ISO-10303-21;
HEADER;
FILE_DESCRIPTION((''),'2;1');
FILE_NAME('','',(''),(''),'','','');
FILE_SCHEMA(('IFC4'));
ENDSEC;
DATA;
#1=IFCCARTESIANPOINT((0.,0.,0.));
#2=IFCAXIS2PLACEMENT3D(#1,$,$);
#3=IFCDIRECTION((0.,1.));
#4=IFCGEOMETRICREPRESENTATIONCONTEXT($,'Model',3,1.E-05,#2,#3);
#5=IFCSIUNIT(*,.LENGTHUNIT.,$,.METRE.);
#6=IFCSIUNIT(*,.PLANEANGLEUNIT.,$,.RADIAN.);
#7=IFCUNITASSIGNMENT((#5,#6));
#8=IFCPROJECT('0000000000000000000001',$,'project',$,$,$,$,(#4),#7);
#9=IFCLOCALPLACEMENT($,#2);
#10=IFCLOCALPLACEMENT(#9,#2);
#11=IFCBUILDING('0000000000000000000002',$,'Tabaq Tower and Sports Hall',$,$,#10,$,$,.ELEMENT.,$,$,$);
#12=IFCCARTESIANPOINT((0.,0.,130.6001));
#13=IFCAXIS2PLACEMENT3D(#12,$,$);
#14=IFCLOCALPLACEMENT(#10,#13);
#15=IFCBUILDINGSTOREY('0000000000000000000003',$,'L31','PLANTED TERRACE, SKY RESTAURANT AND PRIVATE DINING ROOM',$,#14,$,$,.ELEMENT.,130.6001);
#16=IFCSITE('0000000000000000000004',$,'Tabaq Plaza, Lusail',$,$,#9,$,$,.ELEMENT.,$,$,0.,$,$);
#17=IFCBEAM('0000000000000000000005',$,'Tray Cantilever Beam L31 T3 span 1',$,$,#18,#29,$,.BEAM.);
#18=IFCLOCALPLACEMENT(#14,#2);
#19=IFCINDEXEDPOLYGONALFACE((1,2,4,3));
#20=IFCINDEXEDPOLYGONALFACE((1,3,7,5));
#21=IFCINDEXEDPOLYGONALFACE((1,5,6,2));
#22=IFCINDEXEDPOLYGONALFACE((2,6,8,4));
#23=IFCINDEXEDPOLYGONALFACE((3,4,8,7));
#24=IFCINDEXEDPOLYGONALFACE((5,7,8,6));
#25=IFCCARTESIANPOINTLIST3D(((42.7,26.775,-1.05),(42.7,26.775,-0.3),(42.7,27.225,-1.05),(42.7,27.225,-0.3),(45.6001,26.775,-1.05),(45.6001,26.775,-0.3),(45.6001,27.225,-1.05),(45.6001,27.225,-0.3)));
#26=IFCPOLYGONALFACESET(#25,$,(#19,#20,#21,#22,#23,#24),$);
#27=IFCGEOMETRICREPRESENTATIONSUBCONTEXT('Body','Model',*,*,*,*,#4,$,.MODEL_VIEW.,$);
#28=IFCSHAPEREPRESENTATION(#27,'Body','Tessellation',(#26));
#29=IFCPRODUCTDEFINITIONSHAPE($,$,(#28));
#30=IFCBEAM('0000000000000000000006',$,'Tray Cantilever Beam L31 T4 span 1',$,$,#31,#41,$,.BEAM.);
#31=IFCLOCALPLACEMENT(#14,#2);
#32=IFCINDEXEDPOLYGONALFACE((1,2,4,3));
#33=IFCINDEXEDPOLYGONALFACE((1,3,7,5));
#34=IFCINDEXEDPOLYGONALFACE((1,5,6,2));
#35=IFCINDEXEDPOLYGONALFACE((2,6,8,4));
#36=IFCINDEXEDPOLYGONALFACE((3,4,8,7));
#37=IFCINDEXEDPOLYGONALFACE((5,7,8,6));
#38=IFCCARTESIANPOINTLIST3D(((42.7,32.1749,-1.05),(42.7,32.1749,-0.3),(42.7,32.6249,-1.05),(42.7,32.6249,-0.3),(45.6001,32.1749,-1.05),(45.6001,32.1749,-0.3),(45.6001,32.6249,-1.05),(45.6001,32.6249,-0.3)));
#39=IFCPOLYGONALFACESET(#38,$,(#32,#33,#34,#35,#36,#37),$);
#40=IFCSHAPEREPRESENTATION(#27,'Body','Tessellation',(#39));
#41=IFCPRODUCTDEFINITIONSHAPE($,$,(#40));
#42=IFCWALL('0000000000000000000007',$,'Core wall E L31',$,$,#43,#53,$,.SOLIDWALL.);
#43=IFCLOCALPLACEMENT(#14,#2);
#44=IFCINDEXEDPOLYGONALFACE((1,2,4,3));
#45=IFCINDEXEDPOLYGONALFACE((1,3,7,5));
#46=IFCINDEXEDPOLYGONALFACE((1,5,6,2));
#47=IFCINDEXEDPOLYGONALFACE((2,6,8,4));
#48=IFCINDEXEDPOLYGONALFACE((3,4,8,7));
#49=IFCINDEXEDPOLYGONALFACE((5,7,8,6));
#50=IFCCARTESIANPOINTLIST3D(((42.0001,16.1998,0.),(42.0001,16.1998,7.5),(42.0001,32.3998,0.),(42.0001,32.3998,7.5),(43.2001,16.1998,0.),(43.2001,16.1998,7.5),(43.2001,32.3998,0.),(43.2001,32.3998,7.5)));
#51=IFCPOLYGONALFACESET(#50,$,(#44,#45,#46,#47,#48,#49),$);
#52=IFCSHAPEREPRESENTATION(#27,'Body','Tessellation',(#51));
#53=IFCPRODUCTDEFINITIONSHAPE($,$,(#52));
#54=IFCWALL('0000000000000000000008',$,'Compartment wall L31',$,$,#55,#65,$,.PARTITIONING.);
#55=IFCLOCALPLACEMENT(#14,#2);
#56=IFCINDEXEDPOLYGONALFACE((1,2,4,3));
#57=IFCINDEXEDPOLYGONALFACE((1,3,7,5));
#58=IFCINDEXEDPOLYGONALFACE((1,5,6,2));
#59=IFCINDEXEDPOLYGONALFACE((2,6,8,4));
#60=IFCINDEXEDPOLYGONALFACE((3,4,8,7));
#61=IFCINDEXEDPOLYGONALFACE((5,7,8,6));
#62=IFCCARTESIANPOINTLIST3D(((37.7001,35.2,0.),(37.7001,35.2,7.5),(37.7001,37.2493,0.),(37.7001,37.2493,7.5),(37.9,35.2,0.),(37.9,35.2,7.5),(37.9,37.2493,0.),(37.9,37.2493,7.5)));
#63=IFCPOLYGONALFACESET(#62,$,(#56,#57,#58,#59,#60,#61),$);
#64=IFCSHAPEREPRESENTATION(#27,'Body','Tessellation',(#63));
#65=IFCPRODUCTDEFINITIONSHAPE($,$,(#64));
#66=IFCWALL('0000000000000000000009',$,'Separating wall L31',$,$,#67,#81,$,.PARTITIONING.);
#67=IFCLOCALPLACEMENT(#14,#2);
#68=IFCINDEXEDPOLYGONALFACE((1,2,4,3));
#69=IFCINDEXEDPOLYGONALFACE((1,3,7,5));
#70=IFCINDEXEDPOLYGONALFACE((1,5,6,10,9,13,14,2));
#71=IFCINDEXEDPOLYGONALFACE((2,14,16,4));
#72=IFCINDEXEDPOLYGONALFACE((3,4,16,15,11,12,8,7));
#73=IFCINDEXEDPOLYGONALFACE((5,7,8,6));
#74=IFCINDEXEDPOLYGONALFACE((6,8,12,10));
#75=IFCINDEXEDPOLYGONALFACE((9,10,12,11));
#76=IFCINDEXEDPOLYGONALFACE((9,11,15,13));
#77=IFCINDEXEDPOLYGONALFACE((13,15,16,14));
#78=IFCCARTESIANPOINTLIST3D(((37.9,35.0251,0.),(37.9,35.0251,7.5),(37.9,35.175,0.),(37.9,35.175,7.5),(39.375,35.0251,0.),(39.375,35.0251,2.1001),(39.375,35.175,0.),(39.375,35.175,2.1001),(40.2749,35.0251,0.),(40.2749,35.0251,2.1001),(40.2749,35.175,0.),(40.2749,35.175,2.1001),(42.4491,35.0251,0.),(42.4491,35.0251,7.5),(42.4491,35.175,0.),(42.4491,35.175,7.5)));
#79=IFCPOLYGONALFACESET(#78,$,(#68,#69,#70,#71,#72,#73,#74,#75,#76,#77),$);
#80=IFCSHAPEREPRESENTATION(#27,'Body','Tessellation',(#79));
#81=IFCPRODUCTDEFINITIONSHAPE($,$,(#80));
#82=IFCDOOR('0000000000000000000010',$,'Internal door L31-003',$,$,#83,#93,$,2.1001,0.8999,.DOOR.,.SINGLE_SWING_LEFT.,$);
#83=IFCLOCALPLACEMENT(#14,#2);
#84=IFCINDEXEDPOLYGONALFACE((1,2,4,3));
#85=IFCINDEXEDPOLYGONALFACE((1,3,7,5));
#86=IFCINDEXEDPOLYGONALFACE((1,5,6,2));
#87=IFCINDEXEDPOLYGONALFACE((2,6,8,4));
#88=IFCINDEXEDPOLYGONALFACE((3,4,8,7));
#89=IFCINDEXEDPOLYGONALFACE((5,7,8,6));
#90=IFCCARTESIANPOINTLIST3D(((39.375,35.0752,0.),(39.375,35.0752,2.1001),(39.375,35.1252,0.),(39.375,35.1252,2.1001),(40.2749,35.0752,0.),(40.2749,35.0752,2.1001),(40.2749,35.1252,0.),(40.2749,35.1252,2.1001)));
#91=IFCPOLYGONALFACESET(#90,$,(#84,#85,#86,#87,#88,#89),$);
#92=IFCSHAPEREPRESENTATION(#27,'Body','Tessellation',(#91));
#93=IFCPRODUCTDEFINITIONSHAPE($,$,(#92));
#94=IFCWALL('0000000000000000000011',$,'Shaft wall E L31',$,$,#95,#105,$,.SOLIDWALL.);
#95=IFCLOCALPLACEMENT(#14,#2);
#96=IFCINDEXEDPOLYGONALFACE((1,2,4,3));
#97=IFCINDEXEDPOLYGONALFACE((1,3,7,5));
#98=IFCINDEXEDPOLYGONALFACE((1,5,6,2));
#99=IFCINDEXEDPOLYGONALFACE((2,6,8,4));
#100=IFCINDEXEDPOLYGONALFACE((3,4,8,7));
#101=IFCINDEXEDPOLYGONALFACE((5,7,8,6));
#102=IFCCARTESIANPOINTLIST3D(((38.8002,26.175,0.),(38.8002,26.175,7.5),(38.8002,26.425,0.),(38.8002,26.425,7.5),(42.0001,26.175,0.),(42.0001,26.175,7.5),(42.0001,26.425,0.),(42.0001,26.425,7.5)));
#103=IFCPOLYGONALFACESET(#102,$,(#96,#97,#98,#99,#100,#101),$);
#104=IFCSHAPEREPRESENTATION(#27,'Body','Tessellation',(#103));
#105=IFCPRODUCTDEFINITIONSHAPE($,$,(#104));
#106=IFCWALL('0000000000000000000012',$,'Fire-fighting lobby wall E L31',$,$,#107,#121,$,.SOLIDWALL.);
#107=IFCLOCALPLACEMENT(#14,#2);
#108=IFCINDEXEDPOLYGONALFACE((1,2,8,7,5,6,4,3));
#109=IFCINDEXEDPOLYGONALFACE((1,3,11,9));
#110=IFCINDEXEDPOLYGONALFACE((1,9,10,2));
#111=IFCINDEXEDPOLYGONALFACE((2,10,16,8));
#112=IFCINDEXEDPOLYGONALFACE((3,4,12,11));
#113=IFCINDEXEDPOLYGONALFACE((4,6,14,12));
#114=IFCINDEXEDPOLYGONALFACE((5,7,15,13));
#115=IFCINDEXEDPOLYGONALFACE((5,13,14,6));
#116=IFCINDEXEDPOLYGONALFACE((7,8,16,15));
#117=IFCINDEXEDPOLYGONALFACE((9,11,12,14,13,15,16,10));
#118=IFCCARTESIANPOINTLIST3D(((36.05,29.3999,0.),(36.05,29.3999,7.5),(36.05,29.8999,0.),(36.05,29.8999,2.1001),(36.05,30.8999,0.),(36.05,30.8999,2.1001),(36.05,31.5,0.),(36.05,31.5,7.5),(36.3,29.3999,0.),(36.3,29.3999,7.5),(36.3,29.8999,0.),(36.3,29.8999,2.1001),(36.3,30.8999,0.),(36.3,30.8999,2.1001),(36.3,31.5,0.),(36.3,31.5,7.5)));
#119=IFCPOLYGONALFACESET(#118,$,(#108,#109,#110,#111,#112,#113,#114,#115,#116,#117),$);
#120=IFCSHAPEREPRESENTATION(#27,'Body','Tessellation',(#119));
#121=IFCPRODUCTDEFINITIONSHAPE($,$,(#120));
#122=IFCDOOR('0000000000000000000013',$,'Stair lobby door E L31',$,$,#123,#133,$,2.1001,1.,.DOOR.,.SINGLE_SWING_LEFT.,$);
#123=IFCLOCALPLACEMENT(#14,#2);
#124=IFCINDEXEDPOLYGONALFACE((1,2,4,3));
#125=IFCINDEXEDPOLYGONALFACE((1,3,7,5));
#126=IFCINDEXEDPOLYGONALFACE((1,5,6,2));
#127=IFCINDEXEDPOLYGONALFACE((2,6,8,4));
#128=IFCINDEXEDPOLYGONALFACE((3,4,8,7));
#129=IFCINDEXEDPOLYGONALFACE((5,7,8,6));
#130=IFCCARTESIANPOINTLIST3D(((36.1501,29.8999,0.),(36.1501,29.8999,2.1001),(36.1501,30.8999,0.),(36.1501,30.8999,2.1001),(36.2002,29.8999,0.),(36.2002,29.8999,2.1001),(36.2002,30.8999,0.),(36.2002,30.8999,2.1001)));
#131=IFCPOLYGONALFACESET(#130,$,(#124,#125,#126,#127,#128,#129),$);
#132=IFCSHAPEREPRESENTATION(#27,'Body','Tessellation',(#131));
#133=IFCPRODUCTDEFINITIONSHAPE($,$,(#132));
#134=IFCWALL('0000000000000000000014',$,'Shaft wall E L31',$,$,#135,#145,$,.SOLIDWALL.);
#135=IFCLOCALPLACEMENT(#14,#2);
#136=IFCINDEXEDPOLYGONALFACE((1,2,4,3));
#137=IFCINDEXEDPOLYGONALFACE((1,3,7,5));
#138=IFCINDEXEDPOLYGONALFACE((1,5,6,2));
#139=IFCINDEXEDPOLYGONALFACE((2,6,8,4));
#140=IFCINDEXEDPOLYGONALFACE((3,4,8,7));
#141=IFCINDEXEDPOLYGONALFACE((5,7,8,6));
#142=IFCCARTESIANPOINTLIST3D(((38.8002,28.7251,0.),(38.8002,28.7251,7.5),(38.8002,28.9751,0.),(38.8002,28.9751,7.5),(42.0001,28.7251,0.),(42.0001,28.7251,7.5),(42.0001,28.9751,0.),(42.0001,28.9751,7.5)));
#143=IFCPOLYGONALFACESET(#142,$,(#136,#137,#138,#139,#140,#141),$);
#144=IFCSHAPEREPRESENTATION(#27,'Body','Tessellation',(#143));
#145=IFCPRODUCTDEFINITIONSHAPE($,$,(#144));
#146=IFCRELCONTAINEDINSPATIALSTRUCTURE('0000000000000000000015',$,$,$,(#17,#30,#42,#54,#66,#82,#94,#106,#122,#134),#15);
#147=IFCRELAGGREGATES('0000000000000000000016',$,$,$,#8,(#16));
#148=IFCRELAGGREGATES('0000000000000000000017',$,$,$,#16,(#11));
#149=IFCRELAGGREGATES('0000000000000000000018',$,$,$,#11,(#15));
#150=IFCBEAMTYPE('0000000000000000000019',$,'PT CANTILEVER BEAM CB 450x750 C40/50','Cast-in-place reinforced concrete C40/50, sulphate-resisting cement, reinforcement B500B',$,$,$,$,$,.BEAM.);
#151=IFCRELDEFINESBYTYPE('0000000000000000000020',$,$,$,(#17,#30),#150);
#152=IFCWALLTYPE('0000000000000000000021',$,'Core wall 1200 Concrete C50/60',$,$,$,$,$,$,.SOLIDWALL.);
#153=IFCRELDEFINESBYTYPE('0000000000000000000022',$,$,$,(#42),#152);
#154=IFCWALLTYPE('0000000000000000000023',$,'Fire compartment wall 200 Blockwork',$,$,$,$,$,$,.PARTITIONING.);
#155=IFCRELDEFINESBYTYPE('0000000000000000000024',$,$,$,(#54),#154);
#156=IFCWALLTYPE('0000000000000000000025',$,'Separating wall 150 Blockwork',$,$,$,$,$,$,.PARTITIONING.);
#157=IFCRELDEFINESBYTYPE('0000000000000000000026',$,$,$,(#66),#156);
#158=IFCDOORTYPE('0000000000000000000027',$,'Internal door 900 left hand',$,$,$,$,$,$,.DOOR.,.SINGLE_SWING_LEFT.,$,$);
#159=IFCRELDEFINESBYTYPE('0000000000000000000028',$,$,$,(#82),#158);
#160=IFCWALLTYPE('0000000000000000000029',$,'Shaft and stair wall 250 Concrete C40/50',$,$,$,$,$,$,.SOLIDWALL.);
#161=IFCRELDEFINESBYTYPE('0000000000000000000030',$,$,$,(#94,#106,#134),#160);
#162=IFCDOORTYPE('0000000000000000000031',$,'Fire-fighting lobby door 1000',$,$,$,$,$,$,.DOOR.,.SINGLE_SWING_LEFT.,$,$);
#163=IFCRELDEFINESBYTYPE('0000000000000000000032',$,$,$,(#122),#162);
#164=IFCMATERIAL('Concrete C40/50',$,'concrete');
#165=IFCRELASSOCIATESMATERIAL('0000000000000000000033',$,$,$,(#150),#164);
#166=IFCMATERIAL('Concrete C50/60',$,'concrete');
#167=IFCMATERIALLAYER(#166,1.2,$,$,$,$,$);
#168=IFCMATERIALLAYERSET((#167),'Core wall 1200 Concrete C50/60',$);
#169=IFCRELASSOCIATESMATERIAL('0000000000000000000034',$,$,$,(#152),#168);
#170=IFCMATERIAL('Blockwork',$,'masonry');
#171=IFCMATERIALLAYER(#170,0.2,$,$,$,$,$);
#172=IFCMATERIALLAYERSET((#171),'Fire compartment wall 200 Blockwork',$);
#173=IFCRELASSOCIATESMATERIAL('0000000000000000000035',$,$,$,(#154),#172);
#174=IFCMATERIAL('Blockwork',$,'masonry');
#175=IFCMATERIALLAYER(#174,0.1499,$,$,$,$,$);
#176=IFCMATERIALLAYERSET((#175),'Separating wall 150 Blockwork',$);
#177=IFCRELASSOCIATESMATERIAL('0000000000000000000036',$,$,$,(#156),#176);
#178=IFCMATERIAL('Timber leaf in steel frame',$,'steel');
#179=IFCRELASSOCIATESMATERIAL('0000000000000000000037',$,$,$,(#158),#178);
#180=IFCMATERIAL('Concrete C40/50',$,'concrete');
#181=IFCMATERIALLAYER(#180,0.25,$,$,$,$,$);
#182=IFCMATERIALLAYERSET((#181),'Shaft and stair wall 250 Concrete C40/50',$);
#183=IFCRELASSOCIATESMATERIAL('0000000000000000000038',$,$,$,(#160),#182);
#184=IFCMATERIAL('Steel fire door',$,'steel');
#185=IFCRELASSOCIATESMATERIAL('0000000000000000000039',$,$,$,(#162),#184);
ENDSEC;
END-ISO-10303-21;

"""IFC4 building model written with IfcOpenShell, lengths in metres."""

from ifc_helpers import new_model, si_unit, direction, frame, frame_2d, origin, origin_2d, place, context, subcontext, project, spatial, rectangle, extrude, material, layer, layer_set, material_profile, profile_set, type_object, element, fill, save


model = new_model("IFC4")

# Units and contexts
model_context = context("Model", 3, precision=1e-05, world=origin(), true_north=direction((0.0, 1.0)))
body_context = subcontext(model_context, "Body", "Model", "MODEL_VIEW")
ifc_project = project(units=[si_unit("LENGTHUNIT", "METRE"), si_unit("PLANEANGLEUNIT", "RADIAN")], contexts=[model_context])

# Site, building, storey
site_placement = place(None, origin())
site = spatial("IfcSite", under=ifc_project, at=site_placement, Name="Tabaq Plaza, Lusail", CompositionType="ELEMENT", RefElevation=0.0)
building_placement = place(site_placement, origin())
building = spatial("IfcBuilding", under=site, at=building_placement, Name="Tabaq Tower and Sports Hall", CompositionType="ELEMENT")
storey_placement = place(building_placement, frame((0.0, 0.0, 130.6001)))
storey = spatial("IfcBuildingStorey", under=building, at=storey_placement, Name="L31", Description="PLANTED TERRACE, SKY RESTAURANT AND PRIVATE DINING ROOM", CompositionType="ELEMENT", Elevation=130.6001)

# Beams
ifc_material_1 = material(Name="Concrete C40/50", Category="concrete")
ifc_material_profile = material_profile(ifc_material_1, rectangle(XDim=0.45, YDim=0.75, at=origin_2d()), Name="CB 450x750")
ifc_profile_set = profile_set([ifc_material_profile], Name="Concrete C40/50")
beam_type = type_object("IfcBeamType", Name="PT CANTILEVER BEAM CB 450x750 C40/50", Description="Cast-in-place reinforced concrete C40/50, sulphate-resisting cement, reinforcement B500B", PredefinedType="BEAM", material=ifc_profile_set)
for number, where, z_axis, x_axis, name in (
    (1, (45.6001, 27.0, -0.675), (-1.0, 0.0, 0.0), (0.0, -1.0, 0.0), "Tray Cantilever Beam L31 T3 span 1"),
    (2, (45.6001, 32.3999, -0.675), (-1.0, 0.0, 0.0), (0.0, -1.0, 0.0), "Tray Cantilever Beam L31 T4 span 1"),
):
    element("IfcBeam", number, at=place(storey_placement, frame(where, z_axis=z_axis, x_axis=x_axis)), inside=storey, type_object=beam_type, Name=name, PredefinedType="BEAM", context=body_context, shape_type="SweptSolid", body=[
        extrude(rectangle(XDim=0.45, YDim=0.75, at=origin_2d()), origin(), (0.0, 0.0, 1.0), 2.9001),
    ])

# Wall
ifc_material_2 = material(Name="Concrete C50/60", Category="concrete")
ifc_layer_1 = layer(ifc_material_2, 1.2)
ifc_layer_set_1 = layer_set([ifc_layer_1], Name="Core wall 1200 Concrete C50/60")
wall_type_1 = type_object("IfcWallType", Name="Core wall 1200 Concrete C50/60", PredefinedType="SOLIDWALL", material=ifc_layer_set_1)
wall_1_placement = place(storey_placement, frame((42.6001, 32.3999, 0.0), z_axis=(0.0, 0.0, 1.0), x_axis=(0.0, -1.0, 0.0)))
element("IfcWall", 3, at=wall_1_placement, inside=storey, type_object=wall_type_1, Name="Core wall E L31", PredefinedType="SOLIDWALL", context=body_context, shape_type="SweptSolid", body=[
    extrude(rectangle(XDim=16.2, YDim=1.2, at=frame_2d((8.1001, 0.0))), origin(), (0.0, 0.0, 1.0), 7.5),
])

# Shared definitions
ifc_material_3 = material(Name="Blockwork", Category="masonry")
ifc_layer_2 = layer(ifc_material_3, 0.2)
ifc_layer_set_2 = layer_set([ifc_layer_2], Name="Fire compartment wall 200 Blockwork")
wall_type_2 = type_object("IfcWallType", Name="Fire compartment wall 200 Blockwork", PredefinedType="PARTITIONING", material=ifc_layer_set_2)

# Wall
wall_2_placement = place(storey_placement, frame((37.8, 35.2, 0.0), z_axis=(0.0, 0.0, 1.0), x_axis=(0.0, 1.0, 0.0)))
element("IfcWall", 4, at=wall_2_placement, inside=storey, type_object=wall_type_2, Name="Compartment wall L31", PredefinedType="PARTITIONING", context=body_context, shape_type="SweptSolid", body=[
    extrude(rectangle(XDim=2.0493, YDim=0.2, at=frame_2d((1.0247, 0.0))), origin(), (0.0, 0.0, 1.0), 7.5),
])

# Wall, opening, door
ifc_material_4 = material(Name="Blockwork", Category="masonry")
ifc_layer_3 = layer(ifc_material_4, 0.1499)
ifc_layer_set_3 = layer_set([ifc_layer_3], Name="Separating wall 150 Blockwork")
wall_type_3 = type_object("IfcWallType", Name="Separating wall 150 Blockwork", PredefinedType="PARTITIONING", material=ifc_layer_set_3)
wall_3_placement = place(storey_placement, frame((42.449, 35.1001, 0.0), z_axis=(0.0, 0.0, 1.0), x_axis=(-1.0, 0.0, 0.0)))
wall_3 = element("IfcWall", 5, at=wall_3_placement, inside=storey, type_object=wall_type_3, Name="Separating wall L31", PredefinedType="PARTITIONING", context=body_context, shape_type="SweptSolid", body=[
    extrude(rectangle(XDim=4.5491, YDim=0.1499, at=frame_2d((2.2744, 0.0))), origin(), (0.0, 0.0, 1.0), 7.5),
])
opening_1_placement = place(wall_3_placement, frame((2.1741, 0.0, 0.0)))
opening_1 = element("IfcOpeningElement", 6, at=opening_1_placement, cuts=wall_3, PredefinedType="OPENING", context=body_context, shape_type="SweptSolid", body=[
    extrude(rectangle(XDim=0.8999, YDim=2.1001, at=frame_2d((0.45, 1.05))), frame((0.0, 0.075, 0.0), z_axis=(0.0, -1.0, 0.0), x_axis=(1.0, 0.0, 0.0)), (0.0, 0.0, 1.0), 0.1499),
])
ifc_material_5 = material(Name="Timber leaf in steel frame", Category="steel")
door_type_1 = type_object("IfcDoorType", Name="Internal door 900 left hand", OperationType="SINGLE_SWING_LEFT", PredefinedType="DOOR", material=ifc_material_5)
door_1_placement = place(opening_1_placement, origin())
door_1 = element("IfcDoor", 7, at=door_1_placement, inside=storey, type_object=door_type_1, Name="Internal door L31-003", OperationType="SINGLE_SWING_LEFT", OverallHeight=2.1001, OverallWidth=0.8999, PredefinedType="DOOR", context=body_context, shape_type="SweptSolid", body=[
    extrude(rectangle(XDim=0.8999, YDim=2.1001, at=frame_2d((0.45, 1.05))), frame((0.0, 0.0249, 0.0), z_axis=(0.0, -1.0, 0.0), x_axis=(1.0, 0.0, 0.0)), (0.0, 0.0, 1.0), 0.05),
])
fill(opening_1, door_1)

# Wall
ifc_material_6 = material(Name="Concrete C40/50", Category="concrete")
ifc_layer_4 = layer(ifc_material_6, 0.25)
ifc_layer_set_4 = layer_set([ifc_layer_4], Name="Shaft and stair wall 250 Concrete C40/50")
wall_type_4 = type_object("IfcWallType", Name="Shaft and stair wall 250 Concrete C40/50", PredefinedType="SOLIDWALL", material=ifc_layer_set_4)
wall_4_placement = place(storey_placement, frame((38.8, 26.3, 0.0), z_axis=(0.0, 0.0, 1.0), x_axis=(1.0, 0.0, 0.0)))
element("IfcWall", 8, at=wall_4_placement, inside=storey, type_object=wall_type_4, Name="Shaft wall E L31", PredefinedType="SOLIDWALL", context=body_context, shape_type="SweptSolid", body=[
    extrude(rectangle(XDim=3.2, YDim=0.25, at=frame_2d((1.6001, 0.0))), origin(), (0.0, 0.0, 1.0), 7.5),
])

# Wall, opening, door
wall_5_placement = place(storey_placement, frame((36.175, 29.3999, 0.0), z_axis=(0.0, 0.0, 1.0), x_axis=(0.0, 1.0, 0.0)))
wall_5 = element("IfcWall", 9, at=wall_5_placement, inside=storey, type_object=wall_type_4, Name="Fire-fighting lobby wall E L31", PredefinedType="SOLIDWALL", context=body_context, shape_type="SweptSolid", body=[
    extrude(rectangle(XDim=2.1001, YDim=0.25, at=frame_2d((1.05, 0.0))), origin(), (0.0, 0.0, 1.0), 7.5),
])
opening_2_placement = place(wall_5_placement, frame((0.5, 0.0, 0.0)))
opening_2 = element("IfcOpeningElement", 10, at=opening_2_placement, cuts=wall_5, PredefinedType="OPENING", context=body_context, shape_type="SweptSolid", body=[
    extrude(rectangle(XDim=1.0, YDim=2.1001, at=frame_2d((0.5, 1.05))), frame((0.0, 0.125, 0.0), z_axis=(0.0, -1.0, 0.0), x_axis=(1.0, 0.0, 0.0)), (0.0, 0.0, 1.0), 0.25),
])
ifc_material_7 = material(Name="Steel fire door", Category="steel")
door_type_2 = type_object("IfcDoorType", Name="Fire-fighting lobby door 1000", OperationType="SINGLE_SWING_LEFT", PredefinedType="DOOR", material=ifc_material_7)
door_2_placement = place(opening_2_placement, origin())
door_2 = element("IfcDoor", 11, at=door_2_placement, inside=storey, type_object=door_type_2, Name="Stair lobby door E L31", OperationType="SINGLE_SWING_LEFT", OverallHeight=2.1001, OverallWidth=1.0, PredefinedType="DOOR", context=body_context, shape_type="SweptSolid", body=[
    extrude(rectangle(XDim=1.0, YDim=2.1001, at=frame_2d((0.5, 1.05))), frame((0.0, 0.0249, 0.0), z_axis=(0.0, -1.0, 0.0), x_axis=(1.0, 0.0, 0.0)), (0.0, 0.0, 1.0), 0.05),
])
fill(opening_2, door_2)

# Wall
wall_6_placement = place(storey_placement, frame((38.8, 28.8501, 0.0), z_axis=(0.0, 0.0, 1.0), x_axis=(1.0, 0.0, 0.0)))
element("IfcWall", 12, at=wall_6_placement, inside=storey, type_object=wall_type_4, Name="Shaft wall E L31", PredefinedType="SOLIDWALL", context=body_context, shape_type="SweptSolid", body=[
    extrude(rectangle(XDim=3.2, YDim=0.25, at=frame_2d((1.6001, 0.0))), origin(), (0.0, 0.0, 1.0), 7.5),
])

save(model, "model.ifc")
